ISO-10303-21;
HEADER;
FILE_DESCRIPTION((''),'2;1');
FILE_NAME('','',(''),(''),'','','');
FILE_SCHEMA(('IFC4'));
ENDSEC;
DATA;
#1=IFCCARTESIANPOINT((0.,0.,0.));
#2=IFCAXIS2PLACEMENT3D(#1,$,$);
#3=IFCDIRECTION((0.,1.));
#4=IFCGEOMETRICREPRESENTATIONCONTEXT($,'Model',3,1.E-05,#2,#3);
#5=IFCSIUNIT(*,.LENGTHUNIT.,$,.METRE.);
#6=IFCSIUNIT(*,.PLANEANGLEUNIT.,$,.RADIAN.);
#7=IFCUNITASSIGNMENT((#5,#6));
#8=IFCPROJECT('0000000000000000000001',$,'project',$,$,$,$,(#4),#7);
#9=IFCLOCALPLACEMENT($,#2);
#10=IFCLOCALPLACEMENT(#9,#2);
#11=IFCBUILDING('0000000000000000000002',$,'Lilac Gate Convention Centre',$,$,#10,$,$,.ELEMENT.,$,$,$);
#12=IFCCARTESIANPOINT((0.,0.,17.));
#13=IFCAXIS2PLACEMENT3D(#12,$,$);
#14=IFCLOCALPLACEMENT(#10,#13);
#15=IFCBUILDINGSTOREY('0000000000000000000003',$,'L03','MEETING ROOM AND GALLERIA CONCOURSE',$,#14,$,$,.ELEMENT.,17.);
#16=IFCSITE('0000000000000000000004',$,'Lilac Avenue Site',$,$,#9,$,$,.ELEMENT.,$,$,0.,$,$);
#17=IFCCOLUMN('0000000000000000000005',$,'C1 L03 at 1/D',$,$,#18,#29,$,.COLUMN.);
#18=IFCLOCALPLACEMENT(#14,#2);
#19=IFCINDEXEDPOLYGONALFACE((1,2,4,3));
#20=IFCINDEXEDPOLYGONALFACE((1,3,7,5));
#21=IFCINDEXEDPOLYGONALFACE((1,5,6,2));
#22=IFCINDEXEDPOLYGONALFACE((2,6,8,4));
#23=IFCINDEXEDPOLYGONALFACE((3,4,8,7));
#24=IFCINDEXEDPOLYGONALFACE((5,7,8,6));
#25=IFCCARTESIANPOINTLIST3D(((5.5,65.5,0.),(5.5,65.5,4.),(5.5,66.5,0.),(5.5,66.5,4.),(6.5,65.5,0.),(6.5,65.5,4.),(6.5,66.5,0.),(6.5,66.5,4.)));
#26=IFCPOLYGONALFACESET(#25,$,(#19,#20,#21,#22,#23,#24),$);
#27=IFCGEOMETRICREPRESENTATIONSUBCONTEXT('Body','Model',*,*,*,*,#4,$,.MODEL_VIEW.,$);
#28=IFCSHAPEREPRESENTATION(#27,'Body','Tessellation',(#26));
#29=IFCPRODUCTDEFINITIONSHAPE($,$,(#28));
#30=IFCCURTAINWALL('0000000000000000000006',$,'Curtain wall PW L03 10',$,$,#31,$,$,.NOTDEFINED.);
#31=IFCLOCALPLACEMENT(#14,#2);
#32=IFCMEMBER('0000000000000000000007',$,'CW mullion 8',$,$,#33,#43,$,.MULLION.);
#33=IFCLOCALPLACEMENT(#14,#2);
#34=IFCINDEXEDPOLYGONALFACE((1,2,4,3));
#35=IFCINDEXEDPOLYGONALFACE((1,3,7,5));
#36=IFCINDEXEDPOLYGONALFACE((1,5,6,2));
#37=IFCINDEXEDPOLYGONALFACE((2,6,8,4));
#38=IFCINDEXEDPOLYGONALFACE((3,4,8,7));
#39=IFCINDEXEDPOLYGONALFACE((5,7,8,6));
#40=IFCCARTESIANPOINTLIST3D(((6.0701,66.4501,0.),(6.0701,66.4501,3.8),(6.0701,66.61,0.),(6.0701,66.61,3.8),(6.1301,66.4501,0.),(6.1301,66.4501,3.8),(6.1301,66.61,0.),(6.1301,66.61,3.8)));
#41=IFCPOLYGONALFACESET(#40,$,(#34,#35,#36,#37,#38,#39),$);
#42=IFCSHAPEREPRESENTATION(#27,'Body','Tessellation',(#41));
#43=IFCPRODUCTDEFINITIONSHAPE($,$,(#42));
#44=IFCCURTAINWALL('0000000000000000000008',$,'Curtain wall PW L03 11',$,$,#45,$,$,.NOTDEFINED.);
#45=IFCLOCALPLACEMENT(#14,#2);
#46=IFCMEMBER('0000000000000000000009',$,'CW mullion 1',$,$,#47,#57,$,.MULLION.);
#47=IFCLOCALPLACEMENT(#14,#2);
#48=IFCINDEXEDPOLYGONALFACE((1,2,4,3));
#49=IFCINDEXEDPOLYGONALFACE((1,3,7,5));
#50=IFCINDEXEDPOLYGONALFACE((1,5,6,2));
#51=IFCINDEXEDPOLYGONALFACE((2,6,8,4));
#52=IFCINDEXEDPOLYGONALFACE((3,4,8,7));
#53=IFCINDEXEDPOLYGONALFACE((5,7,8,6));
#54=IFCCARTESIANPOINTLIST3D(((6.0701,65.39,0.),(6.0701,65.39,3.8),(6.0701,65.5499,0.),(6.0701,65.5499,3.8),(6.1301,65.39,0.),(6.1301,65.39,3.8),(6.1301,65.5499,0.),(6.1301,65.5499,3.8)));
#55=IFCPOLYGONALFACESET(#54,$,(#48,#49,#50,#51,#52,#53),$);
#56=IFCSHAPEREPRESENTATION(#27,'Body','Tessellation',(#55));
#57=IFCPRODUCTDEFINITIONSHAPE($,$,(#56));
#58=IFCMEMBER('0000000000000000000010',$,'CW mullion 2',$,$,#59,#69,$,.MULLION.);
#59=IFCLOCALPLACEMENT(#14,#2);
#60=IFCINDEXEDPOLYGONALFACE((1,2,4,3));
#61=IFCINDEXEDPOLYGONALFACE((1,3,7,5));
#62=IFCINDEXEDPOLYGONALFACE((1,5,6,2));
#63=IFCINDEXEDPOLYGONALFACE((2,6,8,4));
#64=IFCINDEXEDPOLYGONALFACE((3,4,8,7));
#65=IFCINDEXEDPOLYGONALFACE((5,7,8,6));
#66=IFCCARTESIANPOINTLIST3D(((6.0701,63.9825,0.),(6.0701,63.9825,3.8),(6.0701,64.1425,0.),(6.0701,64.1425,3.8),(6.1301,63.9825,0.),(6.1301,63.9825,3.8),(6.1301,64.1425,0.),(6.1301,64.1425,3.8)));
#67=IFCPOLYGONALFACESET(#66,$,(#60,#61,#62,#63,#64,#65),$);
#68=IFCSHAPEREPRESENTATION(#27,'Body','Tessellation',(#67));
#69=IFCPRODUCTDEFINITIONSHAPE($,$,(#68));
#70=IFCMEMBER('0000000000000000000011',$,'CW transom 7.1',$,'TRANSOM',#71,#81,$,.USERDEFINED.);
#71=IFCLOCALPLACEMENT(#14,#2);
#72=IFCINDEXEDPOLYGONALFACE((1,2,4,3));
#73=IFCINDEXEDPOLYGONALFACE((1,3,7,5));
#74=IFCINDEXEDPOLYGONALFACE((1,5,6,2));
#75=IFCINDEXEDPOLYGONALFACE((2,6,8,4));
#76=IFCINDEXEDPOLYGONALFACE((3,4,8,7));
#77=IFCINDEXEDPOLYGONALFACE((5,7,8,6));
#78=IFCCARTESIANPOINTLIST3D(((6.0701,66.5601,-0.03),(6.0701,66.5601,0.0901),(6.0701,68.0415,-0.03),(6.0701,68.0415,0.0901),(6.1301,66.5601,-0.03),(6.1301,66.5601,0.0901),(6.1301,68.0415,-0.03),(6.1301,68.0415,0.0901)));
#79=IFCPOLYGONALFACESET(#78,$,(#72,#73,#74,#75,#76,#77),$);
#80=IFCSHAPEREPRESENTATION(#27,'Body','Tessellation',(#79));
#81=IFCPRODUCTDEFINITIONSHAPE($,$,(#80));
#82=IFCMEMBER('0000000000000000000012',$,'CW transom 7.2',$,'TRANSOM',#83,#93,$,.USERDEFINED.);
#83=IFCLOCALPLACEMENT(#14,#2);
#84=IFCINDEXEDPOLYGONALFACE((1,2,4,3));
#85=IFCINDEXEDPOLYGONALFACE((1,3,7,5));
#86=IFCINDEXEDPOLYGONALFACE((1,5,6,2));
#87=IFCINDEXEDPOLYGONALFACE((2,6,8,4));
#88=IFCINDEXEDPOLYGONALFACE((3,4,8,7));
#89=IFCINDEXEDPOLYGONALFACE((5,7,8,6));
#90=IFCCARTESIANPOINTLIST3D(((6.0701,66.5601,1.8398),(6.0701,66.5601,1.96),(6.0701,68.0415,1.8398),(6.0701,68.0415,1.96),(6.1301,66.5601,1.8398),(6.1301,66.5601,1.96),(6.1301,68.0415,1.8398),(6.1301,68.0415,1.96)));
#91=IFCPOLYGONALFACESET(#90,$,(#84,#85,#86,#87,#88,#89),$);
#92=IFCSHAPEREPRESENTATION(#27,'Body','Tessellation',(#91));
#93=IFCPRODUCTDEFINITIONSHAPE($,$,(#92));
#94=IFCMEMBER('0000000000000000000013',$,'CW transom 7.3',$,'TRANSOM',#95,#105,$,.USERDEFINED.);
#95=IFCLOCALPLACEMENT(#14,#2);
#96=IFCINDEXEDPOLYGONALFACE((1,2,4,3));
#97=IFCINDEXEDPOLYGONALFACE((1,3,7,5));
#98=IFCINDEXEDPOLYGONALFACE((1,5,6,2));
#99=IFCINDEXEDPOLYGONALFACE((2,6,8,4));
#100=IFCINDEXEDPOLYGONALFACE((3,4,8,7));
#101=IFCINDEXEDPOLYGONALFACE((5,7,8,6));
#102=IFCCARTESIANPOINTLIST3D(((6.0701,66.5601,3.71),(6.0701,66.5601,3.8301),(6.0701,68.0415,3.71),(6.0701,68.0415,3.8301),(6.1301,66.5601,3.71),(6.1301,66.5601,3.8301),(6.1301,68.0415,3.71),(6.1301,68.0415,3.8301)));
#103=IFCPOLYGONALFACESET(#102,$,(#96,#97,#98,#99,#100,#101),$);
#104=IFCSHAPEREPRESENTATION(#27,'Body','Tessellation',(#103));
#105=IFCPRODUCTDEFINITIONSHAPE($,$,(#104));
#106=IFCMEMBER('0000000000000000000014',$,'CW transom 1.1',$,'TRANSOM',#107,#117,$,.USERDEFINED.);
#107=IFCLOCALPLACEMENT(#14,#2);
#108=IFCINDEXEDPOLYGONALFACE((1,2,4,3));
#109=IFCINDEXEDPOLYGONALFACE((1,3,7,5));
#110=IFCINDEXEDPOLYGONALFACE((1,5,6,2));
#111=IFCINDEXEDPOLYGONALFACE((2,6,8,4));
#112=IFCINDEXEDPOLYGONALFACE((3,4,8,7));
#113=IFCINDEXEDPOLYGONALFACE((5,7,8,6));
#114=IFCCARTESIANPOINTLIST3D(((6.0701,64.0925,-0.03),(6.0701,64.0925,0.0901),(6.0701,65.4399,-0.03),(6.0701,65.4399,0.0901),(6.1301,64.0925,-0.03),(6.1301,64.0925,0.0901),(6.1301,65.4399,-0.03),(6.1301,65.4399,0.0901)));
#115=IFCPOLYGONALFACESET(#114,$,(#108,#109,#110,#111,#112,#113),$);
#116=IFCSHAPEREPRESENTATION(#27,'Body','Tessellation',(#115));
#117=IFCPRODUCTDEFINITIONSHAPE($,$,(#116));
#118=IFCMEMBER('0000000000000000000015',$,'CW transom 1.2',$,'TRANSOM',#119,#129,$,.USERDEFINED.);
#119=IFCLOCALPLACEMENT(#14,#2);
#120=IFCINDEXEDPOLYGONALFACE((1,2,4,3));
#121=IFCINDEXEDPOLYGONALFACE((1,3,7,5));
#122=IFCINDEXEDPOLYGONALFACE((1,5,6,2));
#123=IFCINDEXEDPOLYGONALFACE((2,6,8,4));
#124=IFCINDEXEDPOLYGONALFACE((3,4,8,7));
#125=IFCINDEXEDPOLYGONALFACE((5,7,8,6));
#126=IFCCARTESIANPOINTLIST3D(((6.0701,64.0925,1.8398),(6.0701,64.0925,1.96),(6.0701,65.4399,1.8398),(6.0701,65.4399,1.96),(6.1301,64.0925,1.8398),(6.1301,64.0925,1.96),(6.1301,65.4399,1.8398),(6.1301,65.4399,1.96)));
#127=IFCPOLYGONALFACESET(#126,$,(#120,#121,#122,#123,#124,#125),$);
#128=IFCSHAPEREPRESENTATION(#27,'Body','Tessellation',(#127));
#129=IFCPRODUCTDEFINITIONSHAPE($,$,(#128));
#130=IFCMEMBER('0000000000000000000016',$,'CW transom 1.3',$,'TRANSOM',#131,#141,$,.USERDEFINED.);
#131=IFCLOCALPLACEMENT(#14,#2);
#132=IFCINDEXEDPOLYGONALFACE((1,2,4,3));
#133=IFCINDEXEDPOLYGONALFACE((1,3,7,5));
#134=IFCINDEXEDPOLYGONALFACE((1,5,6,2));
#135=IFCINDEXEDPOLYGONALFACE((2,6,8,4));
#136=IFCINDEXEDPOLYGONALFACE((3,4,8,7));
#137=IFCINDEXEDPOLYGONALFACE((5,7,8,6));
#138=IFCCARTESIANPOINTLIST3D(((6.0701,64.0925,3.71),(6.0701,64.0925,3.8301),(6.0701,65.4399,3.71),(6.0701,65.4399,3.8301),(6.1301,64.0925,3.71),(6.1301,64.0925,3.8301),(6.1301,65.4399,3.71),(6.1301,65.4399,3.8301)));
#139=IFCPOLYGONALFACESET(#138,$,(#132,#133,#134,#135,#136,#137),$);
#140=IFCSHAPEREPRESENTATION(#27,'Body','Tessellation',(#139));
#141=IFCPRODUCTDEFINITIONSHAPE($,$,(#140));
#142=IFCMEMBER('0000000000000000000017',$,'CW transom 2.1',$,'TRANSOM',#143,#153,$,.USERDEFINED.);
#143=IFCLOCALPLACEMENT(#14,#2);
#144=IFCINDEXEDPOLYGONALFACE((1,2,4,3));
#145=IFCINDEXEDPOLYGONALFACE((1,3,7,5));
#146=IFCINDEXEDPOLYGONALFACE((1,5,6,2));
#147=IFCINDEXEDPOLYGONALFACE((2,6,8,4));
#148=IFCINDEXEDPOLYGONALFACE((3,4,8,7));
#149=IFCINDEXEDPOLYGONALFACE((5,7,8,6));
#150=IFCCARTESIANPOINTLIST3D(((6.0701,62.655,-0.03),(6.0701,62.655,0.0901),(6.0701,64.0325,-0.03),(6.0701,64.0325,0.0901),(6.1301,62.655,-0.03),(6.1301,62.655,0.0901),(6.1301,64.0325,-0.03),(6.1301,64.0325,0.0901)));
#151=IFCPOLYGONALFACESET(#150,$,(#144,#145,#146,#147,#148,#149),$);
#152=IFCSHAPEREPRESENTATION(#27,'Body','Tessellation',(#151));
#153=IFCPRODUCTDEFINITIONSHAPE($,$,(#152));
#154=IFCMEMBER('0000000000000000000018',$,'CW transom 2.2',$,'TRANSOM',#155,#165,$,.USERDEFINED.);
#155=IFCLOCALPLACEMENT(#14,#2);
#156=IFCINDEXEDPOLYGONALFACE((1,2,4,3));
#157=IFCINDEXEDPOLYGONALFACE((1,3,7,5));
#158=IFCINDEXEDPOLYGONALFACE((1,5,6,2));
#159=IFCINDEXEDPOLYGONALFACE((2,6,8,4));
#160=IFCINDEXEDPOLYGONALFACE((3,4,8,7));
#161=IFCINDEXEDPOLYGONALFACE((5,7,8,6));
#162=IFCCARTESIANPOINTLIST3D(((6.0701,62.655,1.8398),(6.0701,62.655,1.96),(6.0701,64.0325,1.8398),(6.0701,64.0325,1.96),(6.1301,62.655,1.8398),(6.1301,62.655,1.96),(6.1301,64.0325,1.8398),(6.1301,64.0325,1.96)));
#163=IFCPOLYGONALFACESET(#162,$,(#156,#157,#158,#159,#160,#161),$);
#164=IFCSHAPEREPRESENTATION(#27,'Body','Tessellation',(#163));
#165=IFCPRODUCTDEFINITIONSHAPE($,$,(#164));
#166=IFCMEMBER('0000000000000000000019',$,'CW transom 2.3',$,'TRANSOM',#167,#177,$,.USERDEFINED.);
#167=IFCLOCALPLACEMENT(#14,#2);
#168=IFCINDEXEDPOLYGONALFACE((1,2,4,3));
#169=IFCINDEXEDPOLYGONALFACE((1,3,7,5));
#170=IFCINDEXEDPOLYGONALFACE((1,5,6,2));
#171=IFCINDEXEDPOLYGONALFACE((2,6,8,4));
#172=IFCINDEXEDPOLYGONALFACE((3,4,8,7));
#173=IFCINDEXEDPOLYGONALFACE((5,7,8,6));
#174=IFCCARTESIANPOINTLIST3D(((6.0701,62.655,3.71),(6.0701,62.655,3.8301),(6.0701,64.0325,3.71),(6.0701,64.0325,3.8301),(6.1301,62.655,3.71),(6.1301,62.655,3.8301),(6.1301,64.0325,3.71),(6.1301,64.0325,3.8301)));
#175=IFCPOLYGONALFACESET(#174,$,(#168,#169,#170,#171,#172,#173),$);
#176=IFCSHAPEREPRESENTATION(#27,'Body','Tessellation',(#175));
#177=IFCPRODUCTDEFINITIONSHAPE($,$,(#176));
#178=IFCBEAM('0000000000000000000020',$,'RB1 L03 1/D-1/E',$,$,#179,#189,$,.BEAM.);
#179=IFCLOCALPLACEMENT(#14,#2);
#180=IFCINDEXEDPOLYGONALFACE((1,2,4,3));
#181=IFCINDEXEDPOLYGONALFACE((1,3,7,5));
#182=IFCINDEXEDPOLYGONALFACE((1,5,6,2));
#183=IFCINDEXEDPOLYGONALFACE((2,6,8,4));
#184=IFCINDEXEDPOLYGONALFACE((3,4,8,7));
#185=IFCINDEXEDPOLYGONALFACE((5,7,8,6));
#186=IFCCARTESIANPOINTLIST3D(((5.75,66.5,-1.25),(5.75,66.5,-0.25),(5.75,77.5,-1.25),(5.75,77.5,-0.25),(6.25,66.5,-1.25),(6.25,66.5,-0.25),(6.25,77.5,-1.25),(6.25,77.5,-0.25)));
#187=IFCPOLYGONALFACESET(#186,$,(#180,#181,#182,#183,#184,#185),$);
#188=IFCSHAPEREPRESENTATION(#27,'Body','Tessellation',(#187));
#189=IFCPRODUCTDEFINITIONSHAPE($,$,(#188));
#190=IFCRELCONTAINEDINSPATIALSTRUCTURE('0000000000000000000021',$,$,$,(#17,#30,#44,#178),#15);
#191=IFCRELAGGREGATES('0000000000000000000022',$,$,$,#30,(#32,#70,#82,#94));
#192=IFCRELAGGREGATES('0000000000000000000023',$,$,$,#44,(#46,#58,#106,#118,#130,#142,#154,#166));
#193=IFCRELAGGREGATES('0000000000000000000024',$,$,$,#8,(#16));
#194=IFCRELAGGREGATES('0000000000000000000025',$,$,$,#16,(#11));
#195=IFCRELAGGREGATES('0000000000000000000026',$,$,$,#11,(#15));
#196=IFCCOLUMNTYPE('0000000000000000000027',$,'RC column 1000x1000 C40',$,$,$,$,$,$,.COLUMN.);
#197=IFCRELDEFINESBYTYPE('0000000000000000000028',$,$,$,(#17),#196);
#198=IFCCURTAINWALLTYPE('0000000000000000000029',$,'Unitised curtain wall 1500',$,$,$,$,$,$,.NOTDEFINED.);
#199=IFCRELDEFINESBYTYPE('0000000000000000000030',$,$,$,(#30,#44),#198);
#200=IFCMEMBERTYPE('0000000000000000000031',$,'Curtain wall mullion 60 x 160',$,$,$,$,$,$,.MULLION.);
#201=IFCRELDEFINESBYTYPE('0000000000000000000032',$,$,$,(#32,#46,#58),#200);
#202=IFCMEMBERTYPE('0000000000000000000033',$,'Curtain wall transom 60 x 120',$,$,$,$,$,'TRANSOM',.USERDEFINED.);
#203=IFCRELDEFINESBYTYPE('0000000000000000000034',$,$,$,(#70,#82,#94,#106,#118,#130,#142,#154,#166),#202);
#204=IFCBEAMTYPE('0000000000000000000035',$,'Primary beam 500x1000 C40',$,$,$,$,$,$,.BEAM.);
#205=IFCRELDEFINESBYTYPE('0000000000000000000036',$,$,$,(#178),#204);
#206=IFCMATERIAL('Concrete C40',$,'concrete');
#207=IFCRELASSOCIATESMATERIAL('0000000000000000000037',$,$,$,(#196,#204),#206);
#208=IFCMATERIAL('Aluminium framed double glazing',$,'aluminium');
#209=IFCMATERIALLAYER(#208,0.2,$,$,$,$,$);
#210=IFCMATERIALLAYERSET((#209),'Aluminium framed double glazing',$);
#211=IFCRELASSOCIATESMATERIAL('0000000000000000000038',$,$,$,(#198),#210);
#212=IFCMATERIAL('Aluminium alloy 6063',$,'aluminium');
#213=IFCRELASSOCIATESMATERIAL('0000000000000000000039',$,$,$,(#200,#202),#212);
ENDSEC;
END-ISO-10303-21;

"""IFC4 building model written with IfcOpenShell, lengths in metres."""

from ifc_helpers import new_model, si_unit, direction, frame, origin, origin_2d, place, context, subcontext, project, spatial, rectangle, extrude, material, layer, layer_set, material_profile, profile_set, type_object, element, aggregate, save


model = new_model("IFC4")

# Units and contexts
model_context = context("Model", 3, precision=1e-05, world=origin(), true_north=direction((0.0, 1.0)))
body_context = subcontext(model_context, "Body", "Model", "MODEL_VIEW")
ifc_project = project(units=[si_unit("LENGTHUNIT", "METRE"), si_unit("PLANEANGLEUNIT", "RADIAN")], contexts=[model_context])

# Site, building, storey
site_placement = place(None, origin())
site = spatial("IfcSite", under=ifc_project, at=site_placement, Name="Lilac Avenue Site", CompositionType="ELEMENT", RefElevation=0.0)
building_placement = place(site_placement, origin())
building = spatial("IfcBuilding", under=site, at=building_placement, Name="Lilac Gate Convention Centre", CompositionType="ELEMENT")
storey_placement = place(building_placement, frame((0.0, 0.0, 17.0)))
storey = spatial("IfcBuildingStorey", under=building, at=storey_placement, Name="L03", Description="MEETING ROOM AND GALLERIA CONCOURSE", CompositionType="ELEMENT", Elevation=17.0)

# Column
ifc_material_1 = material(Name="Concrete C40", Category="concrete")
ifc_material_profile_1 = material_profile(ifc_material_1, rectangle(XDim=1.0, YDim=1.0, at=origin_2d()), Name="RC 1000x1000")
ifc_profile_set_1 = profile_set([ifc_material_profile_1], Name="Concrete C40")
column_type = type_object("IfcColumnType", Name="RC column 1000x1000 C40", PredefinedType="COLUMN", material=ifc_profile_set_1)
column_placement = place(storey_placement, frame((6.0, 66.0, 0.0), z_axis=(0.0, 0.0, 1.0), x_axis=(1.0, 0.0, 0.0)))
element("IfcColumn", 1, at=column_placement, inside=storey, type_object=column_type, Name="C1 L03 at 1/D", PredefinedType="COLUMN", context=body_context, shape_type="SweptSolid", body=[
    extrude(rectangle(XDim=1.0, YDim=1.0, at=origin_2d()), origin(), (0.0, 0.0, 1.0), 4.0),
])

# Curtain wall, member
ifc_material_2 = material(Name="Aluminium framed double glazing", Category="aluminium")
ifc_layer_1 = layer(ifc_material_2, 0.2)
ifc_layer_set_1 = layer_set([ifc_layer_1], Name="Aluminium framed double glazing")
curtain_wall_type = type_object("IfcCurtainWallType", Name="Unitised curtain wall 1500", PredefinedType="NOTDEFINED", material=ifc_layer_set_1)
curtain_wall_1_placement = place(storey_placement, origin())
curtain_wall_1 = element("IfcCurtainWall", 2, at=curtain_wall_1_placement, inside=storey, type_object=curtain_wall_type, Name="Curtain wall PW L03 10", PredefinedType="NOTDEFINED")
ifc_material_3 = material(Name="Aluminium alloy 6063", Category="aluminium")
ifc_material_profile_2 = material_profile(ifc_material_3, rectangle(XDim=0.0601, YDim=0.1599, at=origin_2d()), Name="Curtain wall mullion 60 x 160")
ifc_profile_set_2 = profile_set([ifc_material_profile_2], Name="Aluminium alloy 6063")
member_type_1 = type_object("IfcMemberType", Name="Curtain wall mullion 60 x 160", PredefinedType="MULLION", material=ifc_profile_set_2)
member_1_placement = place(storey_placement, frame((6.1001, 66.53, 0.0), z_axis=(0.0, 0.0, 1.0), x_axis=(1.0, 0.0, 0.0)))
member_1 = element("IfcMember", 3, at=member_1_placement, type_object=member_type_1, Name="CW mullion 8", PredefinedType="MULLION", context=body_context, shape_type="SweptSolid", body=[
    extrude(rectangle(XDim=0.0601, YDim=0.1599, at=origin_2d()), origin(), (0.0, 0.0, 1.0), 3.8),
])

# Curtain wall, members
curtain_wall_2_placement = place(storey_placement, origin())
curtain_wall_2 = element("IfcCurtainWall", 4, at=curtain_wall_2_placement, inside=storey, type_object=curtain_wall_type, Name="Curtain wall PW L03 11", PredefinedType="NOTDEFINED")
member_2_placement = place(storey_placement, frame((6.1001, 65.47, 0.0), z_axis=(0.0, 0.0, 1.0), x_axis=(1.0, 0.0, 0.0)))
member_2 = element("IfcMember", 5, at=member_2_placement, type_object=member_type_1, Name="CW mullion 1", PredefinedType="MULLION", context=body_context, shape_type="SweptSolid", body=[
    extrude(rectangle(XDim=0.0601, YDim=0.1599, at=origin_2d()), origin(), (0.0, 0.0, 1.0), 3.8),
])
member_3_placement = place(storey_placement, frame((6.1001, 64.0625, 0.0), z_axis=(0.0, 0.0, 1.0), x_axis=(1.0, 0.0, 0.0)))
member_3 = element("IfcMember", 6, at=member_3_placement, type_object=member_type_1, Name="CW mullion 2", PredefinedType="MULLION", context=body_context, shape_type="SweptSolid", body=[
    extrude(rectangle(XDim=0.0601, YDim=0.1599, at=origin_2d()), origin(), (0.0, 0.0, 1.0), 3.8),
])

# Members
ifc_material_profile_3 = material_profile(ifc_material_3, rectangle(XDim=0.0601, YDim=0.1201, at=origin_2d()), Name="Curtain wall transom 60 x 120")
ifc_profile_set_3 = profile_set([ifc_material_profile_3], Name="Aluminium alloy 6063")
member_type_2 = type_object("IfcMemberType", Name="Curtain wall transom 60 x 120", ElementType="TRANSOM", PredefinedType="USERDEFINED", material=ifc_profile_set_3)
member_4_placement = place(storey_placement, frame((6.1001, 68.0415, 0.03), z_axis=(0.0, -1.0, 0.0), x_axis=(1.0, 0.0, 0.0)))
member_4 = element("IfcMember", 7, at=member_4_placement, type_object=member_type_2, Name="CW transom 7.1", ObjectType="TRANSOM", PredefinedType="USERDEFINED", context=body_context, shape_type="SweptSolid", body=[
    extrude(rectangle(XDim=0.0601, YDim=0.1201, at=origin_2d()), origin(), (0.0, 0.0, 1.0), 1.4814),
])
member_5_placement = place(storey_placement, frame((6.1001, 68.0415, 1.8999), z_axis=(0.0, -1.0, 0.0), x_axis=(1.0, 0.0, 0.0)))
member_5 = element("IfcMember", 8, at=member_5_placement, type_object=member_type_2, Name="CW transom 7.2", ObjectType="TRANSOM", PredefinedType="USERDEFINED", context=body_context, shape_type="SweptSolid", body=[
    extrude(rectangle(XDim=0.0601, YDim=0.1201, at=origin_2d()), origin(), (0.0, 0.0, 1.0), 1.4814),
])
member_6_placement = place(storey_placement, frame((6.1001, 68.0415, 3.77), z_axis=(0.0, -1.0, 0.0), x_axis=(1.0, 0.0, 0.0)))
member_6 = element("IfcMember", 9, at=member_6_placement, type_object=member_type_2, Name="CW transom 7.3", ObjectType="TRANSOM", PredefinedType="USERDEFINED", context=body_context, shape_type="SweptSolid", body=[
    extrude(rectangle(XDim=0.0601, YDim=0.1201, at=origin_2d()), origin(), (0.0, 0.0, 1.0), 1.4814),
])
member_7_placement = place(storey_placement, frame((6.1001, 65.4399, 0.03), z_axis=(0.0, -1.0, 0.0), x_axis=(1.0, 0.0, 0.0)))
member_7 = element("IfcMember", 10, at=member_7_placement, type_object=member_type_2, Name="CW transom 1.1", ObjectType="TRANSOM", PredefinedType="USERDEFINED", context=body_context, shape_type="SweptSolid", body=[
    extrude(rectangle(XDim=0.0601, YDim=0.1201, at=origin_2d()), origin(), (0.0, 0.0, 1.0), 1.3474),
])
member_8_placement = place(storey_placement, frame((6.1001, 65.4399, 1.8999), z_axis=(0.0, -1.0, 0.0), x_axis=(1.0, 0.0, 0.0)))
member_8 = element("IfcMember", 11, at=member_8_placement, type_object=member_type_2, Name="CW transom 1.2", ObjectType="TRANSOM", PredefinedType="USERDEFINED", context=body_context, shape_type="SweptSolid", body=[
    extrude(rectangle(XDim=0.0601, YDim=0.1201, at=origin_2d()), origin(), (0.0, 0.0, 1.0), 1.3474),
])
member_9_placement = place(storey_placement, frame((6.1001, 65.4399, 3.77), z_axis=(0.0, -1.0, 0.0), x_axis=(1.0, 0.0, 0.0)))
member_9 = element("IfcMember", 12, at=member_9_placement, type_object=member_type_2, Name="CW transom 1.3", ObjectType="TRANSOM", PredefinedType="USERDEFINED", context=body_context, shape_type="SweptSolid", body=[
    extrude(rectangle(XDim=0.0601, YDim=0.1201, at=origin_2d()), origin(), (0.0, 0.0, 1.0), 1.3474),
])
member_10_placement = place(storey_placement, frame((6.1001, 64.0325, 0.03), z_axis=(0.0, -1.0, 0.0), x_axis=(1.0, 0.0, 0.0)))
member_10 = element("IfcMember", 13, at=member_10_placement, type_object=member_type_2, Name="CW transom 2.1", ObjectType="TRANSOM", PredefinedType="USERDEFINED", context=body_context, shape_type="SweptSolid", body=[
    extrude(rectangle(XDim=0.0601, YDim=0.1201, at=origin_2d()), origin(), (0.0, 0.0, 1.0), 1.3774),
])
member_11_placement = place(storey_placement, frame((6.1001, 64.0325, 1.8999), z_axis=(0.0, -1.0, 0.0), x_axis=(1.0, 0.0, 0.0)))
member_11 = element("IfcMember", 14, at=member_11_placement, type_object=member_type_2, Name="CW transom 2.2", ObjectType="TRANSOM", PredefinedType="USERDEFINED", context=body_context, shape_type="SweptSolid", body=[
    extrude(rectangle(XDim=0.0601, YDim=0.1201, at=origin_2d()), origin(), (0.0, 0.0, 1.0), 1.3774),
])
member_12_placement = place(storey_placement, frame((6.1001, 64.0325, 3.77), z_axis=(0.0, -1.0, 0.0), x_axis=(1.0, 0.0, 0.0)))
member_12 = element("IfcMember", 15, at=member_12_placement, type_object=member_type_2, Name="CW transom 2.3", ObjectType="TRANSOM", PredefinedType="USERDEFINED", context=body_context, shape_type="SweptSolid", body=[
    extrude(rectangle(XDim=0.0601, YDim=0.1201, at=origin_2d()), origin(), (0.0, 0.0, 1.0), 1.3774),
])

# Beam
ifc_material_profile_4 = material_profile(ifc_material_1, rectangle(XDim=0.5, YDim=1.0, at=origin_2d()), Name="RC 500x1000")
ifc_profile_set_4 = profile_set([ifc_material_profile_4], Name="Concrete C40")
beam_type = type_object("IfcBeamType", Name="Primary beam 500x1000 C40", PredefinedType="BEAM", material=ifc_profile_set_4)
beam_placement = place(storey_placement, frame((6.0, 66.5, -0.75), z_axis=(0.0, 1.0, 0.0), x_axis=(-1.0, 0.0, 0.0)))
element("IfcBeam", 16, at=beam_placement, inside=storey, type_object=beam_type, Name="RB1 L03 1/D-1/E", PredefinedType="BEAM", context=body_context, shape_type="SweptSolid", body=[
    extrude(rectangle(XDim=0.5, YDim=1.0, at=origin_2d()), origin(), (0.0, 0.0, 1.0), 11.0),
])

aggregate(curtain_wall_1, [member_1, member_4, member_5, member_6])
aggregate(curtain_wall_2, [member_2, member_3, member_7, member_8, member_9, member_10, member_11, member_12])

save(model, "model.ifc")
